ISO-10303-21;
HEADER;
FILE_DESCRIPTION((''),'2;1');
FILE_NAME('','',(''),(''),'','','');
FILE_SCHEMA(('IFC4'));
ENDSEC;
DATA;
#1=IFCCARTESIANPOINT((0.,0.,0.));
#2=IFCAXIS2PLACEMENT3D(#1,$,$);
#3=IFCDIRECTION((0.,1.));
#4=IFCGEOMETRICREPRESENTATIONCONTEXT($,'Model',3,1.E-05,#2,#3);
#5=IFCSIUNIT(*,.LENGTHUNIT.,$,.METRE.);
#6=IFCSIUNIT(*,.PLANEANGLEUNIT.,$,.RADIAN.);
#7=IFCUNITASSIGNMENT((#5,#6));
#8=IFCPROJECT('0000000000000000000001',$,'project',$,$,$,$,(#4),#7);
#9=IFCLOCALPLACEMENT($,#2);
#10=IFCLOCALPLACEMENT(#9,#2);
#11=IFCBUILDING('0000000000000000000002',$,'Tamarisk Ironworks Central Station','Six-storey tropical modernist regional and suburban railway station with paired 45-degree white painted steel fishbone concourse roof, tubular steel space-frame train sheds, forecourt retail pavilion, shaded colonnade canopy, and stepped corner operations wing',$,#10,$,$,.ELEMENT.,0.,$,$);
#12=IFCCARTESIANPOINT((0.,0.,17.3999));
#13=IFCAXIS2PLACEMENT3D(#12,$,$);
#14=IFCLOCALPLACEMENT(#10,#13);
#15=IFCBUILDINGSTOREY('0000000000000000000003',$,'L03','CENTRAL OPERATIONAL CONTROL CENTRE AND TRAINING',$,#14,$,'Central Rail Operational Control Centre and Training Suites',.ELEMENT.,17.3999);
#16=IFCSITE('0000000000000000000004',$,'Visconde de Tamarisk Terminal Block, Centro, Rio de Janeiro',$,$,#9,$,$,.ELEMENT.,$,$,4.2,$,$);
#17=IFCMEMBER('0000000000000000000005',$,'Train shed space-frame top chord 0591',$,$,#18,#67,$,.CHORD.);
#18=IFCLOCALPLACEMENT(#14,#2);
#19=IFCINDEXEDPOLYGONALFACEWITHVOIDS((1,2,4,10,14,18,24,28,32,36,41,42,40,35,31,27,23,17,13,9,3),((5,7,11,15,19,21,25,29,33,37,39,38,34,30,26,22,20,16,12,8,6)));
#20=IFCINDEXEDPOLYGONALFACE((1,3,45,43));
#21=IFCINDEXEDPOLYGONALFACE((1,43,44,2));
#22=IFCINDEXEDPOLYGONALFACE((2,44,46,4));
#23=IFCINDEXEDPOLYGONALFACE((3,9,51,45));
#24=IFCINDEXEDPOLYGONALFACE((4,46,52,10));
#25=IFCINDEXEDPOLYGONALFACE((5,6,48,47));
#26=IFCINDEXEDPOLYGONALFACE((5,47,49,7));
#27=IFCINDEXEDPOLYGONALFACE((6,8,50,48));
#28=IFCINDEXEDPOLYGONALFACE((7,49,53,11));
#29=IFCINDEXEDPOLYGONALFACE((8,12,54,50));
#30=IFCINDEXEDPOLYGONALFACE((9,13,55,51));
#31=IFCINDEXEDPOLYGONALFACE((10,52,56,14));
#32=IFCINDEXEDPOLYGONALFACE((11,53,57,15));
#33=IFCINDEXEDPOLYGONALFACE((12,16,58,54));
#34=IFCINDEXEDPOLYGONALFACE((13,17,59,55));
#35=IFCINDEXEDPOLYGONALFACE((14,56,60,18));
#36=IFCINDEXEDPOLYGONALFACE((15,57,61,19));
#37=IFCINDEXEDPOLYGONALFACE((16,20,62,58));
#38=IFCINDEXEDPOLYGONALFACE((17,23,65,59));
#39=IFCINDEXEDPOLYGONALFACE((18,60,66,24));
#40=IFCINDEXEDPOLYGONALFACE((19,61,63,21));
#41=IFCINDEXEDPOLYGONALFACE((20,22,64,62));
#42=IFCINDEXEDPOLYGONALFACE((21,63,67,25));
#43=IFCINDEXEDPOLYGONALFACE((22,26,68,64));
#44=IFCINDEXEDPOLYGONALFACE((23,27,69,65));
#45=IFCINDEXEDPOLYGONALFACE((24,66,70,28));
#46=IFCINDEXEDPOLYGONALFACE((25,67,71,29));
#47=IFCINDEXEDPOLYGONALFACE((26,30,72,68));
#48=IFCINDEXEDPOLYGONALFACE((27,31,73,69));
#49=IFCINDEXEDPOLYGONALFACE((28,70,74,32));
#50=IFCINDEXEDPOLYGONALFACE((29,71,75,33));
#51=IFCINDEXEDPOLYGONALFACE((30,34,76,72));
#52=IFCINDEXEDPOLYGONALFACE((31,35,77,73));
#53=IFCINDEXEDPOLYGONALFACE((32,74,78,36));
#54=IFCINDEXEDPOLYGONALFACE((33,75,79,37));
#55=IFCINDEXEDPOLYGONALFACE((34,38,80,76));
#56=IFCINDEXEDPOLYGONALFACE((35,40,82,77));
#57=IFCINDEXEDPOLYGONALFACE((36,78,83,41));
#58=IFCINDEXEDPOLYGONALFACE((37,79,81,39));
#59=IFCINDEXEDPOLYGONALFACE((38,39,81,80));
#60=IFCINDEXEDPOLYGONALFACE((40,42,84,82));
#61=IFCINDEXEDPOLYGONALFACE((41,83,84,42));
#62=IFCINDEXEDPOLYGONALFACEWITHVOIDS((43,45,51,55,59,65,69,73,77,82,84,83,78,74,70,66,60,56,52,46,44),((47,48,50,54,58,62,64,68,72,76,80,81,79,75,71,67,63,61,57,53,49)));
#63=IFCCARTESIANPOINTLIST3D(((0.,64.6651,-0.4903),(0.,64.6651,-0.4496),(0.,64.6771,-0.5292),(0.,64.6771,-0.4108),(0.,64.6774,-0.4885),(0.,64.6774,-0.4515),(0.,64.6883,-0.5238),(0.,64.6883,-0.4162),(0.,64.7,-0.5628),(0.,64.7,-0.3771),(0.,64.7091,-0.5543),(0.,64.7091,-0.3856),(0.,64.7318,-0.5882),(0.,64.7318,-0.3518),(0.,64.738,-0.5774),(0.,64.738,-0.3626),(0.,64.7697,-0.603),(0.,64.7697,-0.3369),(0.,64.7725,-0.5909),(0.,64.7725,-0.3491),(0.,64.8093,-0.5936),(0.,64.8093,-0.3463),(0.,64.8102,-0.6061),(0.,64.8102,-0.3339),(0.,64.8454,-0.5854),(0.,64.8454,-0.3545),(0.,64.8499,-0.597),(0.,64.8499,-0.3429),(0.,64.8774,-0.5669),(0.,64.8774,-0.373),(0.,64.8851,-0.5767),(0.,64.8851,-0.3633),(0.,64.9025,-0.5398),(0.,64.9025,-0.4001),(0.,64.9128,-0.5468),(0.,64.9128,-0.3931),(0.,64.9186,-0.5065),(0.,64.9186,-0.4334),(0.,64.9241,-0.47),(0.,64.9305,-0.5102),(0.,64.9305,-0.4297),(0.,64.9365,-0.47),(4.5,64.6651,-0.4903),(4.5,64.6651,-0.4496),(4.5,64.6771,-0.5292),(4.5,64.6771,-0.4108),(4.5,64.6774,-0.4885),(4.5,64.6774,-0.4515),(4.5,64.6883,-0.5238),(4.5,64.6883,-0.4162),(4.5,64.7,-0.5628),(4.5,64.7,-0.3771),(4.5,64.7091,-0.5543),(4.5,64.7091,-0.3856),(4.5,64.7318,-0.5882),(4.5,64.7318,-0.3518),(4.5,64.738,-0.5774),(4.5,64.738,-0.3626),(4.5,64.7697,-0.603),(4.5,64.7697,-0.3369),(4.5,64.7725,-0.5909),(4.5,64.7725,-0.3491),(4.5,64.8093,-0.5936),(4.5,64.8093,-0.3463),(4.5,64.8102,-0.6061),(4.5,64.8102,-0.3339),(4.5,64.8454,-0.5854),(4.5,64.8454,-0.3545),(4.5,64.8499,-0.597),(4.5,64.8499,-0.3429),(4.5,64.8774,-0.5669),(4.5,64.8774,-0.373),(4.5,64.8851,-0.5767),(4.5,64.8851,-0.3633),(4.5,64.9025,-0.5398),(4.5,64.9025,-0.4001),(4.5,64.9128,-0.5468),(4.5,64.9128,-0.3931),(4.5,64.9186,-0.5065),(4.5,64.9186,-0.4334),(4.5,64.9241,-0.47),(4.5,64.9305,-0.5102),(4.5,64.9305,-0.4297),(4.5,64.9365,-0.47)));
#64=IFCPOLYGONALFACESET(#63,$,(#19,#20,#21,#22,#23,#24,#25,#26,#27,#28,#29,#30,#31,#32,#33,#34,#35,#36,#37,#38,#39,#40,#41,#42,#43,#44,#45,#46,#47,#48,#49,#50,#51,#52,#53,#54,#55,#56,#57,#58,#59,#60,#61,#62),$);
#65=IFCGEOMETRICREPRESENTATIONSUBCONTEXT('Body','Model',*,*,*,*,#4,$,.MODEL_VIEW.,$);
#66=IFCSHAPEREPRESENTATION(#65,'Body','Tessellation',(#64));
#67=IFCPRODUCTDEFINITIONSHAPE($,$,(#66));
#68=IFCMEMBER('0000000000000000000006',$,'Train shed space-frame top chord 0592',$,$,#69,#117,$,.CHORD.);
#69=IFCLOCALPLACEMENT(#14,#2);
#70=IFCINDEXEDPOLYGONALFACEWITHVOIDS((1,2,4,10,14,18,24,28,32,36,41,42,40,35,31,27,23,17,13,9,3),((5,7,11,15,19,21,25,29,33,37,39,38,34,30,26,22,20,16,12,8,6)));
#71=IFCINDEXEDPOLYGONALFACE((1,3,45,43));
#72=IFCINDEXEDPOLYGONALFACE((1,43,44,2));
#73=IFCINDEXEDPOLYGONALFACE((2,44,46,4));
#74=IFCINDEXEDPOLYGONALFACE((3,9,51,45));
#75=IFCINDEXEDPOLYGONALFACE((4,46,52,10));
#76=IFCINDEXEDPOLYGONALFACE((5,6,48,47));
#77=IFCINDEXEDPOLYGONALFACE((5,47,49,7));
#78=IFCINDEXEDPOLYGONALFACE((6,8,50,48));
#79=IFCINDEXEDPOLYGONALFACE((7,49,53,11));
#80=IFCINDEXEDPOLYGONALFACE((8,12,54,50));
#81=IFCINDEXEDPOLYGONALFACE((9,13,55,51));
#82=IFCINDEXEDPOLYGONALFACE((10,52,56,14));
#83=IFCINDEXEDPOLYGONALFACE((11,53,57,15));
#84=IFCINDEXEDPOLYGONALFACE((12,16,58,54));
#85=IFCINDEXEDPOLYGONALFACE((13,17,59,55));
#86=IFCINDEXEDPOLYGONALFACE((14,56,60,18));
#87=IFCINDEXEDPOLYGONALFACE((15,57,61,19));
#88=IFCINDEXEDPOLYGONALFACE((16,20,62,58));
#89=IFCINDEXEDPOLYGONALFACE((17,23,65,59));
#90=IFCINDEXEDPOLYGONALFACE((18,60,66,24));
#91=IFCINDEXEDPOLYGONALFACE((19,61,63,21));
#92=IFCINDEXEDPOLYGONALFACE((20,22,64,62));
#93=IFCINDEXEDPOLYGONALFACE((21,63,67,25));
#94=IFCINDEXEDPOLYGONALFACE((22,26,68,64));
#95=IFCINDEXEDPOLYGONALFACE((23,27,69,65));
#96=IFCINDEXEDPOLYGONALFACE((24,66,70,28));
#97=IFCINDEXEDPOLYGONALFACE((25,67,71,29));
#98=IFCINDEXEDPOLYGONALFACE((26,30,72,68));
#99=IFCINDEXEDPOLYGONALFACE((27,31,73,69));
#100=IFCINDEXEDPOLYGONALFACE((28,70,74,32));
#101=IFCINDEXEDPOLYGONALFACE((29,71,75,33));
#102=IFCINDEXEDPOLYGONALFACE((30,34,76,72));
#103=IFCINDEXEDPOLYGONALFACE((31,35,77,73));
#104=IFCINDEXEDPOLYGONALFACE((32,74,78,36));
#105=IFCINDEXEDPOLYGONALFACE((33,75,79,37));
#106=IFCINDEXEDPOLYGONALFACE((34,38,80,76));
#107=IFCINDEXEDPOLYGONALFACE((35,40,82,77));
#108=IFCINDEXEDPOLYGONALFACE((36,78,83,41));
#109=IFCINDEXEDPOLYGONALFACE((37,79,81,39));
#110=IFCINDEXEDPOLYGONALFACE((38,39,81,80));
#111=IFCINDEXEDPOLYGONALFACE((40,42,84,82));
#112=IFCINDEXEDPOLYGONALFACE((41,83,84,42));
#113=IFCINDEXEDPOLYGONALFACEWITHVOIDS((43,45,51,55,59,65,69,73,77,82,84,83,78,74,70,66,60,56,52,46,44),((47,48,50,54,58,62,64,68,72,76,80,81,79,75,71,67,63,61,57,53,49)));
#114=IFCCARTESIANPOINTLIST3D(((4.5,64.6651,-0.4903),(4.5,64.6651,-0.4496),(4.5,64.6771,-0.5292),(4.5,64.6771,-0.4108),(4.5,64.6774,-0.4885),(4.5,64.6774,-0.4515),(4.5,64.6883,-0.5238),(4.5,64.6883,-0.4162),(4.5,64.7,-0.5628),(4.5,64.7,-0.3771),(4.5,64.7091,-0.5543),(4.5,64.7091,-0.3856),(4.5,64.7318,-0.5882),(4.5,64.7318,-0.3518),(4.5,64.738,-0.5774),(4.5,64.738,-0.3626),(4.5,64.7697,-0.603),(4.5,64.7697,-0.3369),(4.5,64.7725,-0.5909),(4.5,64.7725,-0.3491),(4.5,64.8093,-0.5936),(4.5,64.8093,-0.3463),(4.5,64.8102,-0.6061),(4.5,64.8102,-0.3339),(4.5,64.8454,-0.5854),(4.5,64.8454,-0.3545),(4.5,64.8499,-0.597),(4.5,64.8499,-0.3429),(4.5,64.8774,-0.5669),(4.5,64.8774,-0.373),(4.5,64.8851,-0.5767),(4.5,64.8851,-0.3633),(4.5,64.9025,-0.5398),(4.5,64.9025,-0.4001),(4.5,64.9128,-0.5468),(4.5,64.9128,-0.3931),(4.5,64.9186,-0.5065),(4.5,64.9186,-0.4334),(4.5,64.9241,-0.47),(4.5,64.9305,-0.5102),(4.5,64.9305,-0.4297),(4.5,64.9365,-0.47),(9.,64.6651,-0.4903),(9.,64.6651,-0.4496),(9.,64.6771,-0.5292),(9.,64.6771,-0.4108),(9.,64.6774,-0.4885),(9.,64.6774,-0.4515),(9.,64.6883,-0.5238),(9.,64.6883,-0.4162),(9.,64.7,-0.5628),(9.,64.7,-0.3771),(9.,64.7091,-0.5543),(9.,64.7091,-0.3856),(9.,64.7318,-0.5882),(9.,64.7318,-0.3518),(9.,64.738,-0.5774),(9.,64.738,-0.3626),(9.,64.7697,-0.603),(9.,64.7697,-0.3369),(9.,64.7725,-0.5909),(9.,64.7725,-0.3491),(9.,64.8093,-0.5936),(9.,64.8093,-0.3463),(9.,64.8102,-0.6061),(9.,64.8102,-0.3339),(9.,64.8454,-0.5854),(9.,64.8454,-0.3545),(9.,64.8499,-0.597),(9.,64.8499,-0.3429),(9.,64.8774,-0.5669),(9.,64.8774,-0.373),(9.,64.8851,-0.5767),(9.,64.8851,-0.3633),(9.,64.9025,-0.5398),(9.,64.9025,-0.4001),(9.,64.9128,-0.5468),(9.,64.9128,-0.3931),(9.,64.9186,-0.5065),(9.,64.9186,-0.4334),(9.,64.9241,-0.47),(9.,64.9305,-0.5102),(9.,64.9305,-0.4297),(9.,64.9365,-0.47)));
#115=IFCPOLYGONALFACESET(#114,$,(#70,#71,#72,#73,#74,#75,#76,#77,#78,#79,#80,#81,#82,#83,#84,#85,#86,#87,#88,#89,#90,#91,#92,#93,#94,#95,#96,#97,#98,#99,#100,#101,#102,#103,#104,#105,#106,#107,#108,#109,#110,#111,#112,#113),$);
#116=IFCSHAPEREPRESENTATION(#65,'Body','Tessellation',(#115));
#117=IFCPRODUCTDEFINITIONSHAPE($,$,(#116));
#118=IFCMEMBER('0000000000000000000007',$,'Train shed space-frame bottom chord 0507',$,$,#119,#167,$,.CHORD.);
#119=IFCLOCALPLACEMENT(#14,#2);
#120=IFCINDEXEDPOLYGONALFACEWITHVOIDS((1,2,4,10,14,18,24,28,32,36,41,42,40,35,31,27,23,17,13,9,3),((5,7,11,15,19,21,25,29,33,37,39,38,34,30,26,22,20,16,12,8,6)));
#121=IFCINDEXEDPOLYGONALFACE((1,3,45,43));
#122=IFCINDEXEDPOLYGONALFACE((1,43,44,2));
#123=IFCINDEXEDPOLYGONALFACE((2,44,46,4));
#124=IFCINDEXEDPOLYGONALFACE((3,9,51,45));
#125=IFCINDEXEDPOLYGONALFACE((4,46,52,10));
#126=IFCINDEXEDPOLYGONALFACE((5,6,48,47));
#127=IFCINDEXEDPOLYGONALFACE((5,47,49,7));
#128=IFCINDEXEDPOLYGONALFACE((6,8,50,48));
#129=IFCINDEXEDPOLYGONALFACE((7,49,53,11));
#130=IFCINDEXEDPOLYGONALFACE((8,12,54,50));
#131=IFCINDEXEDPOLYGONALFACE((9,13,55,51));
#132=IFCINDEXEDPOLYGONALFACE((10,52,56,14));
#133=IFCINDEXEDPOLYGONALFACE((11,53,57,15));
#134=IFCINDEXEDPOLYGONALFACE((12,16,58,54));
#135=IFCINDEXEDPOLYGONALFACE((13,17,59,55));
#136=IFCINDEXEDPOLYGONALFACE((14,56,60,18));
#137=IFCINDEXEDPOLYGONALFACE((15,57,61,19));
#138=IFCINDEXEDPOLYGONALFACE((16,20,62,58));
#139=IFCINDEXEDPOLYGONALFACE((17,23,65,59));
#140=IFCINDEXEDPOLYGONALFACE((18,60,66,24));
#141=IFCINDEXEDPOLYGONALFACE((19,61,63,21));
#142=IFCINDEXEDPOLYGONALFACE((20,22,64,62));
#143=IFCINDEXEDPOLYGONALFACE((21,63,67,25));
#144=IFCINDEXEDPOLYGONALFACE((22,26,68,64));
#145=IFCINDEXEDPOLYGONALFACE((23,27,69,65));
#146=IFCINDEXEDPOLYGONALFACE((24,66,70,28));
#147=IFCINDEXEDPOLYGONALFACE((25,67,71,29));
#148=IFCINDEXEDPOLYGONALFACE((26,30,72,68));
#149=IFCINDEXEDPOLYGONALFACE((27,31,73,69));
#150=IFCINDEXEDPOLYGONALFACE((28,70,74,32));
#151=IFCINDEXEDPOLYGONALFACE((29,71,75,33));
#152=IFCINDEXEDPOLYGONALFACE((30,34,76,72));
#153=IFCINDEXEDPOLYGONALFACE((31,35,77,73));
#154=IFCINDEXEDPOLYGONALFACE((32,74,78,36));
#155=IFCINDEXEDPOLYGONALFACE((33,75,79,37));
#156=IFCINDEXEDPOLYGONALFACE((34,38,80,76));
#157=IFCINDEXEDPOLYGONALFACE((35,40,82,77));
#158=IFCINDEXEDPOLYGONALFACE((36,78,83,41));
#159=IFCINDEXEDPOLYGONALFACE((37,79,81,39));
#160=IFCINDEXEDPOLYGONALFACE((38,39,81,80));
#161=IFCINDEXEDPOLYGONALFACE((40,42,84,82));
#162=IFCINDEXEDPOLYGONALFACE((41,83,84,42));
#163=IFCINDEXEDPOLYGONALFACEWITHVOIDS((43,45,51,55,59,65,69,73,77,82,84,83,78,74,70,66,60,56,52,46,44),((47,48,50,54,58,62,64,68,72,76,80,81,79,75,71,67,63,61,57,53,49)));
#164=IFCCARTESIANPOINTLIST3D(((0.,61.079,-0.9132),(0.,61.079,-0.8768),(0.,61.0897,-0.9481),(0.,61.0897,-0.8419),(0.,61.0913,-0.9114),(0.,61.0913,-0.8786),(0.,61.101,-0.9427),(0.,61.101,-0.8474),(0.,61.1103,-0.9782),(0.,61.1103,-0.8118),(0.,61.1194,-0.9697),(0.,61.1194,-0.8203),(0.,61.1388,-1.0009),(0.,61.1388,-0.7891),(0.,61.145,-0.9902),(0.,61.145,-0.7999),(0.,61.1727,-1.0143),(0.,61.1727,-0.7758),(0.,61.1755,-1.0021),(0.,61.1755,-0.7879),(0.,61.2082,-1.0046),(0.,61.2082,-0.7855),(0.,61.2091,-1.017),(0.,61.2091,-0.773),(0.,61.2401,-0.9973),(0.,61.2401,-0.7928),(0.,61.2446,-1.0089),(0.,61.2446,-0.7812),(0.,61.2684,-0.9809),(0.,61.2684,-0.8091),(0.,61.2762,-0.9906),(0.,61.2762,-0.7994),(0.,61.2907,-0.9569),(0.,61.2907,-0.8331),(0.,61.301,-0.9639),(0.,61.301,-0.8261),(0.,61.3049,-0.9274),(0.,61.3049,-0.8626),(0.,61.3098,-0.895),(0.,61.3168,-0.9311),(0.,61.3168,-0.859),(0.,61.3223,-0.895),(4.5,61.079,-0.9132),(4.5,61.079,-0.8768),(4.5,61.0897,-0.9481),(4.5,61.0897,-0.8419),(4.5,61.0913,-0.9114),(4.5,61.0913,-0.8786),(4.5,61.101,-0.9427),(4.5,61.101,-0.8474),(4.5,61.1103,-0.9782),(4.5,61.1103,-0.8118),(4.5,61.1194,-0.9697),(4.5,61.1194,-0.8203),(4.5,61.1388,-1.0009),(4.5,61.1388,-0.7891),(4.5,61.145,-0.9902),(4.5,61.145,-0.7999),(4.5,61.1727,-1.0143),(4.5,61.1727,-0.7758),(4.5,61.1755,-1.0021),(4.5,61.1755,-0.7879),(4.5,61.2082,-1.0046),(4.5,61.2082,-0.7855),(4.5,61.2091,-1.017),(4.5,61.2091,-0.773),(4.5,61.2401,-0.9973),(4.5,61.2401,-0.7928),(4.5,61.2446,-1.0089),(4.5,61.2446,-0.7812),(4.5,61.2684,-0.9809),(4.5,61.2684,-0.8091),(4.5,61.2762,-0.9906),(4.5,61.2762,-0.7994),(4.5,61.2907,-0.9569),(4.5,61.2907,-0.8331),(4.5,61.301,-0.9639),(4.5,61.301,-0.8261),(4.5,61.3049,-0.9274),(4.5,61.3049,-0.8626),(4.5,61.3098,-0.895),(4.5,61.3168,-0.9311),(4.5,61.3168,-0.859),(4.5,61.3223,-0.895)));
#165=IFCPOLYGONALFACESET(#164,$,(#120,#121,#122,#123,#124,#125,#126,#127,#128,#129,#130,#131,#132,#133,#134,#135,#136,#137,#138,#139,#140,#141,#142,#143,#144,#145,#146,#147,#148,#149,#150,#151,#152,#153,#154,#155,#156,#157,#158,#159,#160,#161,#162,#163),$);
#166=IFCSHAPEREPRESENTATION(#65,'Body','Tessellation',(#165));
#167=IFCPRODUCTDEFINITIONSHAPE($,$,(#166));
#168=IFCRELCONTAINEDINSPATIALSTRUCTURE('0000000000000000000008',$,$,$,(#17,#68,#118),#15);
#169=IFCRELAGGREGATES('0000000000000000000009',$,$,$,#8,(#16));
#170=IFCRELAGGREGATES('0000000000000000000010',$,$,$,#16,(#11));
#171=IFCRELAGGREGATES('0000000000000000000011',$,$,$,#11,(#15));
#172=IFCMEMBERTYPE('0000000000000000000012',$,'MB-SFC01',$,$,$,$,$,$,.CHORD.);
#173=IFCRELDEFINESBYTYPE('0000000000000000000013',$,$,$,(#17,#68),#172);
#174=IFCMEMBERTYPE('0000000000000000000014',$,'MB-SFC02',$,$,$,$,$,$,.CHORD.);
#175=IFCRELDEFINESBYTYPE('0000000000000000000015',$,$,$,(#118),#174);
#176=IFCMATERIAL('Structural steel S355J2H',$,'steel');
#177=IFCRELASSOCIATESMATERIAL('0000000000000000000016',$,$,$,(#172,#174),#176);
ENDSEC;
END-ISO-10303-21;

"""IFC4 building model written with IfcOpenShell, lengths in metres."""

from ifc_helpers import new_model, si_unit, direction, frame, origin, origin_2d, place, context, subcontext, project, spatial, hollow_circle, extrude, material, material_profile, profile_set, type_object, element, save


model = new_model("IFC4")

# Units and contexts
model_context = context("Model", 3, precision=1e-05, world=origin(), true_north=direction((0.0, 1.0)))
body_context = subcontext(model_context, "Body", "Model", "MODEL_VIEW")
ifc_project = project(units=[si_unit("LENGTHUNIT", "METRE"), si_unit("PLANEANGLEUNIT", "RADIAN")], contexts=[model_context])

# Site, building, storey
site_placement = place(None, origin())
site = spatial("IfcSite", under=ifc_project, at=site_placement, Name="Visconde de Tamarisk Terminal Block, Centro, Rio de Janeiro", CompositionType="ELEMENT", RefElevation=4.2)
building_placement = place(site_placement, origin())
building = spatial("IfcBuilding", under=site, at=building_placement, Name="Tamarisk Ironworks Central Station", Description="Six-storey tropical modernist regional and suburban railway station with paired 45-degree white painted steel fishbone concourse roof, tubular steel space-frame train sheds, forecourt retail pavilion, shaded colonnade canopy, and stepped corner operations wing", CompositionType="ELEMENT", ElevationOfRefHeight=0.0)
storey_placement = place(building_placement, frame((0.0, 0.0, 17.3999)))
storey = spatial("IfcBuildingStorey", under=building, at=storey_placement, Name="L03", Description="CENTRAL OPERATIONAL CONTROL CENTRE AND TRAINING", LongName="Central Rail Operational Control Centre and Training Suites", CompositionType="ELEMENT", Elevation=17.3999)

# Members
ifc_material_1 = material(Name="Structural steel S355J2H", Category="steel")
ifc_material_profile_1 = material_profile(ifc_material_1, hollow_circle(Radius=0.1365, WallThickness=0.0125, at=origin_2d()), Name="CHS 273x12.5")
ifc_profile_set_1 = profile_set([ifc_material_profile_1], Name="Structural steel S355J2H")
member_type_1 = type_object("IfcMemberType", Name="MB-SFC01", PredefinedType="CHORD", material=ifc_profile_set_1)
for number, where, z_axis, x_axis, name in (
    (1, (0.0, 64.8, -0.47), (1.0, 0.0, 0.0), (0.0, 1.0, 0.0), "Train shed space-frame top chord 0591"),
    (2, (4.5, 64.8, -0.47), (1.0, 0.0, 0.0), (0.0, 1.0, 0.0), "Train shed space-frame top chord 0592"),
):
    element("IfcMember", number, at=place(storey_placement, frame(where, z_axis=z_axis, x_axis=x_axis)), inside=storey, type_object=member_type_1, Name=name, PredefinedType="CHORD", context=body_context, shape_type="SweptSolid", body=[
        extrude(hollow_circle(Radius=0.1365, WallThickness=0.0125, at=origin_2d()), origin(), (0.0, 0.0, 1.0), 4.5),
    ])
ifc_material_profile_2 = material_profile(ifc_material_1, hollow_circle(Radius=0.1223, WallThickness=0.0125, at=origin_2d()), Name="CHS 244.5x12.5")
ifc_profile_set_2 = profile_set([ifc_material_profile_2], Name="Structural steel S355J2H")
member_type_2 = type_object("IfcMemberType", Name="MB-SFC02", PredefinedType="CHORD", material=ifc_profile_set_2)
for number, where, z_axis, x_axis, name in (
    (3, (0.0, 61.2, -0.895), (1.0, 0.0, 0.0), (0.0, 1.0, 0.0), "Train shed space-frame bottom chord 0507"),
):
    element("IfcMember", number, at=place(storey_placement, frame(where, z_axis=z_axis, x_axis=x_axis)), inside=storey, type_object=member_type_2, Name=name, PredefinedType="CHORD", context=body_context, shape_type="SweptSolid", body=[
        extrude(hollow_circle(Radius=0.1223, WallThickness=0.0125, at=origin_2d()), origin(), (0.0, 0.0, 1.0), 4.5),
    ])

save(model, "model.ifc")
